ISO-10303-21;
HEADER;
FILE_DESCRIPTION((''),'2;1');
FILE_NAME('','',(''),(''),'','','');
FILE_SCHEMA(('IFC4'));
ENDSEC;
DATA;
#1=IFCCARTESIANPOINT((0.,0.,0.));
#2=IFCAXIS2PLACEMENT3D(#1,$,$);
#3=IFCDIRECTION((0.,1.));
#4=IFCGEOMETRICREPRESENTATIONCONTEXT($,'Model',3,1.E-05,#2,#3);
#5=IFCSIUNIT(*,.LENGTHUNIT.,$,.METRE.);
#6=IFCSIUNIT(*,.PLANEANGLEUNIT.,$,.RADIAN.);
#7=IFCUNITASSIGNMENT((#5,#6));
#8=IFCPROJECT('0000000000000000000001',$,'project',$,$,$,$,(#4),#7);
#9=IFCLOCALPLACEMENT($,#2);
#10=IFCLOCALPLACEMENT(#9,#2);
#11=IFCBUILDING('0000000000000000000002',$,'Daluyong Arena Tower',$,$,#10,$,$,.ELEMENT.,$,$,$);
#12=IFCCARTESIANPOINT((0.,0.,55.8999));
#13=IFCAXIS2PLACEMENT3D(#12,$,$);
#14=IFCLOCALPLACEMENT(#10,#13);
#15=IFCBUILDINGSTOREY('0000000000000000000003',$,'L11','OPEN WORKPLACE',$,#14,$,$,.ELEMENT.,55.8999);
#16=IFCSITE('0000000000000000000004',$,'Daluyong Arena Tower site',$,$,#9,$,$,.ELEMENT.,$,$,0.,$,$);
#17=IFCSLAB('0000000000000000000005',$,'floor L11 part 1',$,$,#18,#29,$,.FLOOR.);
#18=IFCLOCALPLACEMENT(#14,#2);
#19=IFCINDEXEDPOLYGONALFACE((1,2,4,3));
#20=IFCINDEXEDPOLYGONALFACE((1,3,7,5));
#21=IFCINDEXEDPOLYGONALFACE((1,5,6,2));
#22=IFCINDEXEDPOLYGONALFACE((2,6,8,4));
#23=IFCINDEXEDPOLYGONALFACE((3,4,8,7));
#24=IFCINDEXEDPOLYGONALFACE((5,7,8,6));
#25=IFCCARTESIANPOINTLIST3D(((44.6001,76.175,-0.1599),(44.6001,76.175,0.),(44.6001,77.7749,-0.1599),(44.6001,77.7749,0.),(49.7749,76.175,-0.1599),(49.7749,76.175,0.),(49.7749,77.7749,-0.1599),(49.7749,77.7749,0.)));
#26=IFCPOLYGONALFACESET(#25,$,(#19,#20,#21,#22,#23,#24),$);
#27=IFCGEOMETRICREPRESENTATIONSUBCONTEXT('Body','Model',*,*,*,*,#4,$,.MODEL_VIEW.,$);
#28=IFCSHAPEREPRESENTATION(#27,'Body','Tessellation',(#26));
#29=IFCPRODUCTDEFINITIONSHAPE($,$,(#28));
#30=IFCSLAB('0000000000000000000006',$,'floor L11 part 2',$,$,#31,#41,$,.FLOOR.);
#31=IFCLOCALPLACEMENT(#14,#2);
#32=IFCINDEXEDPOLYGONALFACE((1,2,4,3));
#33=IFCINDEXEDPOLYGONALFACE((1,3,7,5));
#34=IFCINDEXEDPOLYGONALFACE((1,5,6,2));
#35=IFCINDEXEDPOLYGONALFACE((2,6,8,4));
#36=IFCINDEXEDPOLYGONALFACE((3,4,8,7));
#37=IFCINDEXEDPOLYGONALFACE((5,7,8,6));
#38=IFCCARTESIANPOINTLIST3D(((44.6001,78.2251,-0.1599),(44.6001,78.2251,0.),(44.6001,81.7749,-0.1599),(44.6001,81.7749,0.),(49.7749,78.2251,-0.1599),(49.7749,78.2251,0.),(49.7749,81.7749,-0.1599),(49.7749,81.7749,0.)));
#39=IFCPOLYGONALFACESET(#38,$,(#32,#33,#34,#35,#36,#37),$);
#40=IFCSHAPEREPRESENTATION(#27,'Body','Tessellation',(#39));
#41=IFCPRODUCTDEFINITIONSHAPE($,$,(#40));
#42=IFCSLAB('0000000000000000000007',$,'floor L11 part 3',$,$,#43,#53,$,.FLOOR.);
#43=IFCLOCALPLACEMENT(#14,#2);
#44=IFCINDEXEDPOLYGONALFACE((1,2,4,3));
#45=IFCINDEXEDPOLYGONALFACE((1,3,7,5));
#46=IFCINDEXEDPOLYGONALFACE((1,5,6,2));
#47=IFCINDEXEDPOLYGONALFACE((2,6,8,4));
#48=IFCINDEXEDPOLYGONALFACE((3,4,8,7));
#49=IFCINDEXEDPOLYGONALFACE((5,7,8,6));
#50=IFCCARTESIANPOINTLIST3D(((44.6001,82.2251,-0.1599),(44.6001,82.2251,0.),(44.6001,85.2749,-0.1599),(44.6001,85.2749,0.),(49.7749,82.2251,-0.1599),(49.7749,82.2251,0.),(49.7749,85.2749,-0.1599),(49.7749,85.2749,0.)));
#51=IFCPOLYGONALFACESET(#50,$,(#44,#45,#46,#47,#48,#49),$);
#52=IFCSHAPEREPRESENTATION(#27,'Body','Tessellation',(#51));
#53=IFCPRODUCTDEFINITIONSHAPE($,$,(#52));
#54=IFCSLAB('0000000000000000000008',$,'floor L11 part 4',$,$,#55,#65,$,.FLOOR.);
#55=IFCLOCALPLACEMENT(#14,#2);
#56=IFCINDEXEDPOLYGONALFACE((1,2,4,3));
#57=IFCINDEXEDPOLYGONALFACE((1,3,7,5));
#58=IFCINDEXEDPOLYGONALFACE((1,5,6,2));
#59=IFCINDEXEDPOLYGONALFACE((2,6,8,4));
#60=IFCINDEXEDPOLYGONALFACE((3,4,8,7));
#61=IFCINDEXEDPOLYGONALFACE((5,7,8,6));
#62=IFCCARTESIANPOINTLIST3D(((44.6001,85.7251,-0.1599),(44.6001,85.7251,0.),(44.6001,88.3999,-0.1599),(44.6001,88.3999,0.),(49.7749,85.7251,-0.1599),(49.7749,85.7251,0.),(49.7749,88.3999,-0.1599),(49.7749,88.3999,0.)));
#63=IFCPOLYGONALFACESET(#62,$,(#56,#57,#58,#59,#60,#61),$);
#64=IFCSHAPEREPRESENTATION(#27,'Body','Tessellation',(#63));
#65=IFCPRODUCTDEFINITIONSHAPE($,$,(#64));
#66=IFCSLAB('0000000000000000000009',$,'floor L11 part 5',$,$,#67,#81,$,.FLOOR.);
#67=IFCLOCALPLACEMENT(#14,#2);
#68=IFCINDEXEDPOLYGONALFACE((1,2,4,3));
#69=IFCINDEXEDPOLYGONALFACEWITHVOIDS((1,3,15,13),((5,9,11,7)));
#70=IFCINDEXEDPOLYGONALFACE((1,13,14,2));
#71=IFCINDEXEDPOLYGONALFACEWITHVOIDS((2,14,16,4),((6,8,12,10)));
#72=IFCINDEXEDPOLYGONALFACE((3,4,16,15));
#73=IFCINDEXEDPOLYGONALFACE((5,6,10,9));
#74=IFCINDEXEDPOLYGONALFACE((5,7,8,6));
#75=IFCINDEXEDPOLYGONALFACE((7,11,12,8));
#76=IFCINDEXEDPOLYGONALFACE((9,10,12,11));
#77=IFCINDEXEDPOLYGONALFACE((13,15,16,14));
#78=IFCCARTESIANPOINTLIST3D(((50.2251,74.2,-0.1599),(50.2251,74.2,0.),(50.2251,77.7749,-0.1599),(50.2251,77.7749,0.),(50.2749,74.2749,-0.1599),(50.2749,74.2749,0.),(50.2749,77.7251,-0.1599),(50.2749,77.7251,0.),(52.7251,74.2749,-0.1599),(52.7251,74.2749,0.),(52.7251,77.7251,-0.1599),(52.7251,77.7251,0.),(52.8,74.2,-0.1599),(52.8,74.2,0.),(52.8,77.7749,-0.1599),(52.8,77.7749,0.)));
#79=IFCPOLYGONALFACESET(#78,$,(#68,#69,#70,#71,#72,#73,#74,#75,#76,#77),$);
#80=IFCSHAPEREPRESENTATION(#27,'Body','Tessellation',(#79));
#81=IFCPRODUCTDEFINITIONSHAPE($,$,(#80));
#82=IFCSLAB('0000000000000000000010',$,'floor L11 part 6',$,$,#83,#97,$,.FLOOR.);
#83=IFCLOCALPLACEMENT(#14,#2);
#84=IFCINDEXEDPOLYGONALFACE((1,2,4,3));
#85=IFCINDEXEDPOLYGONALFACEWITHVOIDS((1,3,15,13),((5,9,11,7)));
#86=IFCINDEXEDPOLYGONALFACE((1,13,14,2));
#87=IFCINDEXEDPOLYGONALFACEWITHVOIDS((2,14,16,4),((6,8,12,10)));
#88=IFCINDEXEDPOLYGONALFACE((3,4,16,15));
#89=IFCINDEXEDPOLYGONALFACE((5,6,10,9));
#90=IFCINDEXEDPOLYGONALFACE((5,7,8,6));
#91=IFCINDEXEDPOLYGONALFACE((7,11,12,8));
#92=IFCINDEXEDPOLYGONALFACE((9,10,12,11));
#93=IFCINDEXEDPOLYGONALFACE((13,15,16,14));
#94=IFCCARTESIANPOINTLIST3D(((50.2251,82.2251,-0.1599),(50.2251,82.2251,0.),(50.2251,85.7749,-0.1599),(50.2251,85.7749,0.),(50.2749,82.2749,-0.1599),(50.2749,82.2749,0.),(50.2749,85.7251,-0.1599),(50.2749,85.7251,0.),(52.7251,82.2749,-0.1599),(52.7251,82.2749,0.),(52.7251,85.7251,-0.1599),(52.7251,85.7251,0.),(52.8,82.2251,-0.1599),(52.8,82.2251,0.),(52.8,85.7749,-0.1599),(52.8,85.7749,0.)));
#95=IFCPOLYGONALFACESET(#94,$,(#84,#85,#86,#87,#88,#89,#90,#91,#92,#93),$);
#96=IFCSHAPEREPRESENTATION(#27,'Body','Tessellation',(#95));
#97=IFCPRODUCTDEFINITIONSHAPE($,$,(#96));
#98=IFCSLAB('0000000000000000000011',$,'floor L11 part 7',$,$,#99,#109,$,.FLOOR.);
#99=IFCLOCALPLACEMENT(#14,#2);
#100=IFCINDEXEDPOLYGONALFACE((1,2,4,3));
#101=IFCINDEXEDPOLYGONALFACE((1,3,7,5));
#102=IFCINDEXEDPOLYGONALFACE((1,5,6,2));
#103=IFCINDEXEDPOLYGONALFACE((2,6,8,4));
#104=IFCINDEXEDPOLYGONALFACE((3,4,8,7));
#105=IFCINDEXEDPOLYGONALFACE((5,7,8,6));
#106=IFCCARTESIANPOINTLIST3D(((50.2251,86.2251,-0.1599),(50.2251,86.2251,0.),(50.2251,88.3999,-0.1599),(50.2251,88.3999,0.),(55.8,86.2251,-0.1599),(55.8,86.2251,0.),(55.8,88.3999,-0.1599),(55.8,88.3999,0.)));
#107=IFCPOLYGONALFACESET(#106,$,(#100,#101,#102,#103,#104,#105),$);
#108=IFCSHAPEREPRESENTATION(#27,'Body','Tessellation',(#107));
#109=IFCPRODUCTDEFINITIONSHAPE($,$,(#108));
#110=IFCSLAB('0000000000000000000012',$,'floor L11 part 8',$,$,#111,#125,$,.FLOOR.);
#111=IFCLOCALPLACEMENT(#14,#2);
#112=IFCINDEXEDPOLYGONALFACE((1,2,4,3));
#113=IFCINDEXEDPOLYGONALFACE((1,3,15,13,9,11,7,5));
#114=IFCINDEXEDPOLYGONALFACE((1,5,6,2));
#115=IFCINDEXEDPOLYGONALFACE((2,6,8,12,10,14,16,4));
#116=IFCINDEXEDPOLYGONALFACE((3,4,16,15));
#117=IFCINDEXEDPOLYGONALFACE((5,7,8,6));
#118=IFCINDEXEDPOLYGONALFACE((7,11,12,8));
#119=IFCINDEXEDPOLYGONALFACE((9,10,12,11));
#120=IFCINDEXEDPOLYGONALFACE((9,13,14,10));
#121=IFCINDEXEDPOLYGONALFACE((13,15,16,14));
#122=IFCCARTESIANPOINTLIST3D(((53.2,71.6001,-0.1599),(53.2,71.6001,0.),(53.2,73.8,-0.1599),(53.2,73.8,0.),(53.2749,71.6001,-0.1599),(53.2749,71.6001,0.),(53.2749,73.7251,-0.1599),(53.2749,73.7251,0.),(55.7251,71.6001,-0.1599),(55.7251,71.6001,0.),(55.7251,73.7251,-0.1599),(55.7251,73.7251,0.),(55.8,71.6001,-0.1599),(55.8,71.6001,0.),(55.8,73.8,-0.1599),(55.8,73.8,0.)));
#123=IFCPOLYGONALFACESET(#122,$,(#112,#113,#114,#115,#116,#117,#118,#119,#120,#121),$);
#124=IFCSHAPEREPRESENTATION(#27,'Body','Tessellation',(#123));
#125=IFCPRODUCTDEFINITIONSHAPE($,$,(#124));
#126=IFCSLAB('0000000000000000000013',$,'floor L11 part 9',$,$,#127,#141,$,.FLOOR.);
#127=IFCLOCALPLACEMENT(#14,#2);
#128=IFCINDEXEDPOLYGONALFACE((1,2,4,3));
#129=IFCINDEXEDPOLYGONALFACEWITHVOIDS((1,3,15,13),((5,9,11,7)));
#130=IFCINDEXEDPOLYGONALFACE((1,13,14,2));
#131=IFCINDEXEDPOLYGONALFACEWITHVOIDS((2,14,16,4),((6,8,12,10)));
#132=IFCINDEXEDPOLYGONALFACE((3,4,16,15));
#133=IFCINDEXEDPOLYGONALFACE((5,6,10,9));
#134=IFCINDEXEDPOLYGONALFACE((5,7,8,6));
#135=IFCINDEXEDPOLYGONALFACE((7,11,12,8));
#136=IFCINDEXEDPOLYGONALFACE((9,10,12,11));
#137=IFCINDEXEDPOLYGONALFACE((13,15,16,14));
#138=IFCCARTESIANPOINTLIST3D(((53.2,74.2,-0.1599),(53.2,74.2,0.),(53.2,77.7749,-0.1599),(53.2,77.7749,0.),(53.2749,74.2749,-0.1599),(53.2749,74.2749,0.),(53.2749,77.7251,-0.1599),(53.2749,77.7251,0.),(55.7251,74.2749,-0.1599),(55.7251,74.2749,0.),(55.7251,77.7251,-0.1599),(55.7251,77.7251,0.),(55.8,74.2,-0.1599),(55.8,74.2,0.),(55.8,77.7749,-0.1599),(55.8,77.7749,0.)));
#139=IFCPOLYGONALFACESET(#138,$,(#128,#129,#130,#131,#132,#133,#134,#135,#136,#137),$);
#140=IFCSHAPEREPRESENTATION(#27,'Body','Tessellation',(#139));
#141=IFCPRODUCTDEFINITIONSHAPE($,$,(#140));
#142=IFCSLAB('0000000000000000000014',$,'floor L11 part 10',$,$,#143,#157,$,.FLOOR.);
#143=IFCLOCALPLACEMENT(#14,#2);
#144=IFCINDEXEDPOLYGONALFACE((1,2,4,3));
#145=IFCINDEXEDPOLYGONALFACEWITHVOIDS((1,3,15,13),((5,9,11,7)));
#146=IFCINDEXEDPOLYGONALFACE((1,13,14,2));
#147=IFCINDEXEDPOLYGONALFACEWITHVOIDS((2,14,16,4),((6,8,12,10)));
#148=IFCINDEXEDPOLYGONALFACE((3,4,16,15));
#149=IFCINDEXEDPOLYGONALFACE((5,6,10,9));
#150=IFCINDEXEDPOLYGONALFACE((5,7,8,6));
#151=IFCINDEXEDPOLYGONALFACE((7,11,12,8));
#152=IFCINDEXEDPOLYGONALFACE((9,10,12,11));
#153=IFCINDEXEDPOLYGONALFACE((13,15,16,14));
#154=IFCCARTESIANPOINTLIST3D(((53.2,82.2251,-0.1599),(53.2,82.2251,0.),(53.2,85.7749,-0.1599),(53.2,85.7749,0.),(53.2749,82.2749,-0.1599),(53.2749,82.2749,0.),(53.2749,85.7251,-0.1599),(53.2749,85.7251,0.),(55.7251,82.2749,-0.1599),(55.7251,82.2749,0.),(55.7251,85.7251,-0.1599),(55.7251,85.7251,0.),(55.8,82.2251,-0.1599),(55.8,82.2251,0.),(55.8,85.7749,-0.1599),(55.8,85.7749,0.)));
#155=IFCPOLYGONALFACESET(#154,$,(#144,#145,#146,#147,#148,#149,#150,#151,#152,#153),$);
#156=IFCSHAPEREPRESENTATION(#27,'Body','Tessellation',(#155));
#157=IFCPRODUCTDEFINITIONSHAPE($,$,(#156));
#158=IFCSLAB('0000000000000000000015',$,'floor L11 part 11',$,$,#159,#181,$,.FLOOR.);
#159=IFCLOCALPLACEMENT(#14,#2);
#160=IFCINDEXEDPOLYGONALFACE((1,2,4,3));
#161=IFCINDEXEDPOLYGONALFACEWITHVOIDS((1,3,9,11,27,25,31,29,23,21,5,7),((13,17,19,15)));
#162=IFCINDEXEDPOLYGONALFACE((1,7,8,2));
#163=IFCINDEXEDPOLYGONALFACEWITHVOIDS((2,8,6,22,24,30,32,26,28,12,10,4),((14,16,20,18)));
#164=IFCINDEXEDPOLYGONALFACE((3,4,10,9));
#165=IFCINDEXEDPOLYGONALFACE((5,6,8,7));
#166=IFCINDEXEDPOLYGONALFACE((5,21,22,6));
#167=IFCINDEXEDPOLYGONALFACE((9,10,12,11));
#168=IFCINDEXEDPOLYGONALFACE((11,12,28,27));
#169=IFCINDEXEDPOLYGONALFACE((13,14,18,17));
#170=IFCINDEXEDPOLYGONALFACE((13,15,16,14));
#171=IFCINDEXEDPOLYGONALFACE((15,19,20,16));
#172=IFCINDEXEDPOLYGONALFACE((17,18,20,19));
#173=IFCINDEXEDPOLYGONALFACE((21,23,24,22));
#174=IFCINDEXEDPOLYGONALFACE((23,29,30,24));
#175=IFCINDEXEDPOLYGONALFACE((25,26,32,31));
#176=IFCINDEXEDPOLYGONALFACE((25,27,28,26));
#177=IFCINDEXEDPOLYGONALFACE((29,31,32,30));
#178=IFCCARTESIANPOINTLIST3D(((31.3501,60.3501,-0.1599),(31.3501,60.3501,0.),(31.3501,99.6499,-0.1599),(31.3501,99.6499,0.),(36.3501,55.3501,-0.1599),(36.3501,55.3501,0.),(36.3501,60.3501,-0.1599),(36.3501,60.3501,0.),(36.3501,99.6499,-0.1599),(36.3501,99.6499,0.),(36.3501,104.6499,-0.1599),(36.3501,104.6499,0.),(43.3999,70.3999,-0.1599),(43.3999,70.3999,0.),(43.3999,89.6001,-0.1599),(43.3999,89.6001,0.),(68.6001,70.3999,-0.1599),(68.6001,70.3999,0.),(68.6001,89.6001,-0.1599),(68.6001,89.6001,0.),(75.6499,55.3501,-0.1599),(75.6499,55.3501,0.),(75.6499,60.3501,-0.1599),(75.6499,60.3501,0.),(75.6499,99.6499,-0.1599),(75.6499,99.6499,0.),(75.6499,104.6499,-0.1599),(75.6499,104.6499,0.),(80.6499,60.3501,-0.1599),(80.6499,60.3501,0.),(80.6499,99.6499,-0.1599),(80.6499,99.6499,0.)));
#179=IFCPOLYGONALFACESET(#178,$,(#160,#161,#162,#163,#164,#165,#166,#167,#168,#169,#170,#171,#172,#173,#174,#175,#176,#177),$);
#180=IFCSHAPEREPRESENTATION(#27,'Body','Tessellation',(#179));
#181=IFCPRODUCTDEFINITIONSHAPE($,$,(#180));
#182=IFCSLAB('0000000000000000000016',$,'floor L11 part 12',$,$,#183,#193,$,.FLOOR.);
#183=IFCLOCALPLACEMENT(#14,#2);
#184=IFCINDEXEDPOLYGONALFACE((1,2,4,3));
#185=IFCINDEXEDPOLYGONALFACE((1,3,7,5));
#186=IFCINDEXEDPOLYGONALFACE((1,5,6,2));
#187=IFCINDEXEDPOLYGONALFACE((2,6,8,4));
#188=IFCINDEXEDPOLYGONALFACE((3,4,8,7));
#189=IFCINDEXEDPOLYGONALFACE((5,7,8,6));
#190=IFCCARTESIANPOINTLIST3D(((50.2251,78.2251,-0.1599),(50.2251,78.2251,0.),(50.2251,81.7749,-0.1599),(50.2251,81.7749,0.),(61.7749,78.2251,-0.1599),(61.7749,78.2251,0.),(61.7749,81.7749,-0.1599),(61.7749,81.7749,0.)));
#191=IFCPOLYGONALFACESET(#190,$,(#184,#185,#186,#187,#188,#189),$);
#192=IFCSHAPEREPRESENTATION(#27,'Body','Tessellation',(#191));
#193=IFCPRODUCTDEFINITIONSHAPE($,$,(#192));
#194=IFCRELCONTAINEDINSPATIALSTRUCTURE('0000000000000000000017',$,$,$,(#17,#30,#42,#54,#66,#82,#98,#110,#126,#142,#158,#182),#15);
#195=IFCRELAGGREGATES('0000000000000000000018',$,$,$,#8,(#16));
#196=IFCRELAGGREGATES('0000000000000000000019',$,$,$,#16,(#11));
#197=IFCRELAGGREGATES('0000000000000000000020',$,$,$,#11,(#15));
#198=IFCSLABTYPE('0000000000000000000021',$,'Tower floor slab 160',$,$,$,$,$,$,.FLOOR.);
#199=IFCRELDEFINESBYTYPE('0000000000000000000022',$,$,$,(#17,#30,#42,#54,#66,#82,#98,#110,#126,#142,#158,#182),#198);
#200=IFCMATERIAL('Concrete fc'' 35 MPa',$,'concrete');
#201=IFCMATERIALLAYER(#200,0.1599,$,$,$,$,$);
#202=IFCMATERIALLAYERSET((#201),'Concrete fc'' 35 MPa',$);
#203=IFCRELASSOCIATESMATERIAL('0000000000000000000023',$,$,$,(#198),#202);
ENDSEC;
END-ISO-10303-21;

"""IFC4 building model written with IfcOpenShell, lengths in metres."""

from ifc_helpers import new_model, si_unit, direction, frame, origin, place, context, subcontext, project, spatial, polyline, outline, extrude, material, layer, layer_set, type_object, element, save


model = new_model("IFC4")

# Units and contexts
model_context = context("Model", 3, precision=1e-05, world=origin(), true_north=direction((0.0, 1.0)))
body_context = subcontext(model_context, "Body", "Model", "MODEL_VIEW")
ifc_project = project(units=[si_unit("LENGTHUNIT", "METRE"), si_unit("PLANEANGLEUNIT", "RADIAN")], contexts=[model_context])

# Site, building, storey
site_placement = place(None, origin())
site = spatial("IfcSite", under=ifc_project, at=site_placement, Name="Daluyong Arena Tower site", CompositionType="ELEMENT", RefElevation=0.0)
building_placement = place(site_placement, origin())
building = spatial("IfcBuilding", under=site, at=building_placement, Name="Daluyong Arena Tower", CompositionType="ELEMENT")
storey_placement = place(building_placement, frame((0.0, 0.0, 55.8999)))
storey = spatial("IfcBuildingStorey", under=building, at=storey_placement, Name="L11", Description="OPEN WORKPLACE", CompositionType="ELEMENT", Elevation=55.8999)

# Slabs
ifc_material_1 = material(Name="Concrete fc' 35 MPa", Category="concrete")
ifc_layer_1 = layer(ifc_material_1, 0.1599)
ifc_layer_set_1 = layer_set([ifc_layer_1], Name="Concrete fc' 35 MPa")
slab_type = type_object("IfcSlabType", Name="Tower floor slab 160", PredefinedType="FLOOR", material=ifc_layer_set_1)
slab_1_placement = place(storey_placement, frame((0.0, 0.0, -0.1599)))
element("IfcSlab", 1, at=slab_1_placement, inside=storey, type_object=slab_type, Name="floor L11 part 1", PredefinedType="FLOOR", context=body_context, shape_type="SweptSolid", body=[
    extrude(outline(polyline([(49.7749, 76.175), (49.7749, 77.7749), (44.6001, 77.7749), (44.6001, 76.175), (49.7749, 76.175)])), origin(), (0.0, 0.0, 1.0), 0.1599),
])
slab_2_placement = place(storey_placement, frame((0.0, 0.0, -0.1599)))
element("IfcSlab", 2, at=slab_2_placement, inside=storey, type_object=slab_type, Name="floor L11 part 2", PredefinedType="FLOOR", context=body_context, shape_type="SweptSolid", body=[
    extrude(outline(polyline([(49.7749, 78.2251), (49.7749, 81.7749), (44.6001, 81.7749), (44.6001, 78.2251), (49.7749, 78.2251)])), origin(), (0.0, 0.0, 1.0), 0.1599),
])
slab_3_placement = place(storey_placement, frame((0.0, 0.0, -0.1599)))
element("IfcSlab", 3, at=slab_3_placement, inside=storey, type_object=slab_type, Name="floor L11 part 3", PredefinedType="FLOOR", context=body_context, shape_type="SweptSolid", body=[
    extrude(outline(polyline([(49.7749, 82.2251), (49.7749, 85.2749), (44.6001, 85.2749), (44.6001, 82.2251), (49.7749, 82.2251)])), origin(), (0.0, 0.0, 1.0), 0.1599),
])
slab_4_placement = place(storey_placement, frame((0.0, 0.0, -0.1599)))
element("IfcSlab", 4, at=slab_4_placement, inside=storey, type_object=slab_type, Name="floor L11 part 4", PredefinedType="FLOOR", context=body_context, shape_type="SweptSolid", body=[
    extrude(outline(polyline([(44.6001, 88.3999), (44.6001, 85.7251), (49.7749, 85.7251), (49.7749, 88.3999), (44.6001, 88.3999)])), origin(), (0.0, 0.0, 1.0), 0.1599),
])
slab_5_placement = place(storey_placement, frame((0.0, 0.0, -0.1599)))
element("IfcSlab", 5, at=slab_5_placement, inside=storey, type_object=slab_type, Name="floor L11 part 5", PredefinedType="FLOOR", context=body_context, shape_type="SweptSolid", body=[
    extrude(outline(polyline([(50.2251, 77.7749), (50.2251, 74.2), (52.8, 74.2), (52.8, 77.7749), (50.2251, 77.7749)]), holes=[polyline([(52.7251, 77.7251), (52.7251, 74.2749), (50.2749, 74.2749), (50.2749, 77.7251), (52.7251, 77.7251)])]), origin(), (0.0, 0.0, 1.0), 0.1599),
])
slab_6_placement = place(storey_placement, frame((0.0, 0.0, -0.1599)))
element("IfcSlab", 6, at=slab_6_placement, inside=storey, type_object=slab_type, Name="floor L11 part 6", PredefinedType="FLOOR", context=body_context, shape_type="SweptSolid", body=[
    extrude(outline(polyline([(50.2251, 85.7749), (50.2251, 82.2251), (52.8, 82.2251), (52.8, 85.7749), (50.2251, 85.7749)]), holes=[polyline([(52.7251, 85.7251), (52.7251, 82.2749), (50.2749, 82.2749), (50.2749, 85.7251), (52.7251, 85.7251)])]), origin(), (0.0, 0.0, 1.0), 0.1599),
])
slab_7_placement = place(storey_placement, frame((0.0, 0.0, -0.1599)))
element("IfcSlab", 7, at=slab_7_placement, inside=storey, type_object=slab_type, Name="floor L11 part 7", PredefinedType="FLOOR", context=body_context, shape_type="SweptSolid", body=[
    extrude(outline(polyline([(50.2251, 88.3999), (50.2251, 86.2251), (55.8, 86.2251), (55.8, 88.3999), (50.2251, 88.3999)])), origin(), (0.0, 0.0, 1.0), 0.1599),
])
slab_8_placement = place(storey_placement, frame((0.0, 0.0, -0.1599)))
element("IfcSlab", 8, at=slab_8_placement, inside=storey, type_object=slab_type, Name="floor L11 part 8", PredefinedType="FLOOR", context=body_context, shape_type="SweptSolid", body=[
    extrude(outline(polyline([(55.7251, 73.7251), (55.7251, 71.6001), (55.8, 71.6001), (55.8, 73.8), (53.2, 73.8), (53.2, 71.6001), (53.2749, 71.6001), (53.2749, 73.7251), (55.7251, 73.7251)])), origin(), (0.0, 0.0, 1.0), 0.1599),
])
slab_9_placement = place(storey_placement, frame((0.0, 0.0, -0.1599)))
element("IfcSlab", 9, at=slab_9_placement, inside=storey, type_object=slab_type, Name="floor L11 part 9", PredefinedType="FLOOR", context=body_context, shape_type="SweptSolid", body=[
    extrude(outline(polyline([(53.2, 77.7749), (53.2, 74.2), (55.8, 74.2), (55.8, 77.7749), (53.2, 77.7749)]), holes=[polyline([(55.7251, 77.7251), (55.7251, 74.2749), (53.2749, 74.2749), (53.2749, 77.7251), (55.7251, 77.7251)])]), origin(), (0.0, 0.0, 1.0), 0.1599),
])
slab_10_placement = place(storey_placement, frame((0.0, 0.0, -0.1599)))
element("IfcSlab", 10, at=slab_10_placement, inside=storey, type_object=slab_type, Name="floor L11 part 10", PredefinedType="FLOOR", context=body_context, shape_type="SweptSolid", body=[
    extrude(outline(polyline([(53.2, 85.7749), (53.2, 82.2251), (55.8, 82.2251), (55.8, 85.7749), (53.2, 85.7749)]), holes=[polyline([(55.7251, 85.7251), (55.7251, 82.2749), (53.2749, 82.2749), (53.2749, 85.7251), (55.7251, 85.7251)])]), origin(), (0.0, 0.0, 1.0), 0.1599),
])
slab_11_placement = place(storey_placement, frame((0.0, 0.0, -0.1599)))
element("IfcSlab", 11, at=slab_11_placement, inside=storey, type_object=slab_type, Name="floor L11 part 11", PredefinedType="FLOOR", context=body_context, shape_type="SweptSolid", body=[
    extrude(outline(polyline([(36.3501, 60.3501), (36.3501, 55.3501), (75.6499, 55.3501), (75.6499, 60.3501), (80.6499, 60.3501), (80.6499, 99.6499), (75.6499, 99.6499), (75.6499, 104.6499), (36.3501, 104.6499), (36.3501, 99.6499), (31.3501, 99.6499), (31.3501, 60.3501), (36.3501, 60.3501)]), holes=[polyline([(68.6001, 89.6001), (68.6001, 70.3999), (43.3999, 70.3999), (43.3999, 89.6001), (68.6001, 89.6001)])]), origin(), (0.0, 0.0, 1.0), 0.1599),
])
slab_12_placement = place(storey_placement, frame((0.0, 0.0, -0.1599)))
element("IfcSlab", 12, at=slab_12_placement, inside=storey, type_object=slab_type, Name="floor L11 part 12", PredefinedType="FLOOR", context=body_context, shape_type="SweptSolid", body=[
    extrude(outline(polyline([(61.7749, 81.7749), (50.2251, 81.7749), (50.2251, 78.2251), (61.7749, 78.2251), (61.7749, 81.7749)])), origin(), (0.0, 0.0, 1.0), 0.1599),
])

save(model, "model.ifc")
